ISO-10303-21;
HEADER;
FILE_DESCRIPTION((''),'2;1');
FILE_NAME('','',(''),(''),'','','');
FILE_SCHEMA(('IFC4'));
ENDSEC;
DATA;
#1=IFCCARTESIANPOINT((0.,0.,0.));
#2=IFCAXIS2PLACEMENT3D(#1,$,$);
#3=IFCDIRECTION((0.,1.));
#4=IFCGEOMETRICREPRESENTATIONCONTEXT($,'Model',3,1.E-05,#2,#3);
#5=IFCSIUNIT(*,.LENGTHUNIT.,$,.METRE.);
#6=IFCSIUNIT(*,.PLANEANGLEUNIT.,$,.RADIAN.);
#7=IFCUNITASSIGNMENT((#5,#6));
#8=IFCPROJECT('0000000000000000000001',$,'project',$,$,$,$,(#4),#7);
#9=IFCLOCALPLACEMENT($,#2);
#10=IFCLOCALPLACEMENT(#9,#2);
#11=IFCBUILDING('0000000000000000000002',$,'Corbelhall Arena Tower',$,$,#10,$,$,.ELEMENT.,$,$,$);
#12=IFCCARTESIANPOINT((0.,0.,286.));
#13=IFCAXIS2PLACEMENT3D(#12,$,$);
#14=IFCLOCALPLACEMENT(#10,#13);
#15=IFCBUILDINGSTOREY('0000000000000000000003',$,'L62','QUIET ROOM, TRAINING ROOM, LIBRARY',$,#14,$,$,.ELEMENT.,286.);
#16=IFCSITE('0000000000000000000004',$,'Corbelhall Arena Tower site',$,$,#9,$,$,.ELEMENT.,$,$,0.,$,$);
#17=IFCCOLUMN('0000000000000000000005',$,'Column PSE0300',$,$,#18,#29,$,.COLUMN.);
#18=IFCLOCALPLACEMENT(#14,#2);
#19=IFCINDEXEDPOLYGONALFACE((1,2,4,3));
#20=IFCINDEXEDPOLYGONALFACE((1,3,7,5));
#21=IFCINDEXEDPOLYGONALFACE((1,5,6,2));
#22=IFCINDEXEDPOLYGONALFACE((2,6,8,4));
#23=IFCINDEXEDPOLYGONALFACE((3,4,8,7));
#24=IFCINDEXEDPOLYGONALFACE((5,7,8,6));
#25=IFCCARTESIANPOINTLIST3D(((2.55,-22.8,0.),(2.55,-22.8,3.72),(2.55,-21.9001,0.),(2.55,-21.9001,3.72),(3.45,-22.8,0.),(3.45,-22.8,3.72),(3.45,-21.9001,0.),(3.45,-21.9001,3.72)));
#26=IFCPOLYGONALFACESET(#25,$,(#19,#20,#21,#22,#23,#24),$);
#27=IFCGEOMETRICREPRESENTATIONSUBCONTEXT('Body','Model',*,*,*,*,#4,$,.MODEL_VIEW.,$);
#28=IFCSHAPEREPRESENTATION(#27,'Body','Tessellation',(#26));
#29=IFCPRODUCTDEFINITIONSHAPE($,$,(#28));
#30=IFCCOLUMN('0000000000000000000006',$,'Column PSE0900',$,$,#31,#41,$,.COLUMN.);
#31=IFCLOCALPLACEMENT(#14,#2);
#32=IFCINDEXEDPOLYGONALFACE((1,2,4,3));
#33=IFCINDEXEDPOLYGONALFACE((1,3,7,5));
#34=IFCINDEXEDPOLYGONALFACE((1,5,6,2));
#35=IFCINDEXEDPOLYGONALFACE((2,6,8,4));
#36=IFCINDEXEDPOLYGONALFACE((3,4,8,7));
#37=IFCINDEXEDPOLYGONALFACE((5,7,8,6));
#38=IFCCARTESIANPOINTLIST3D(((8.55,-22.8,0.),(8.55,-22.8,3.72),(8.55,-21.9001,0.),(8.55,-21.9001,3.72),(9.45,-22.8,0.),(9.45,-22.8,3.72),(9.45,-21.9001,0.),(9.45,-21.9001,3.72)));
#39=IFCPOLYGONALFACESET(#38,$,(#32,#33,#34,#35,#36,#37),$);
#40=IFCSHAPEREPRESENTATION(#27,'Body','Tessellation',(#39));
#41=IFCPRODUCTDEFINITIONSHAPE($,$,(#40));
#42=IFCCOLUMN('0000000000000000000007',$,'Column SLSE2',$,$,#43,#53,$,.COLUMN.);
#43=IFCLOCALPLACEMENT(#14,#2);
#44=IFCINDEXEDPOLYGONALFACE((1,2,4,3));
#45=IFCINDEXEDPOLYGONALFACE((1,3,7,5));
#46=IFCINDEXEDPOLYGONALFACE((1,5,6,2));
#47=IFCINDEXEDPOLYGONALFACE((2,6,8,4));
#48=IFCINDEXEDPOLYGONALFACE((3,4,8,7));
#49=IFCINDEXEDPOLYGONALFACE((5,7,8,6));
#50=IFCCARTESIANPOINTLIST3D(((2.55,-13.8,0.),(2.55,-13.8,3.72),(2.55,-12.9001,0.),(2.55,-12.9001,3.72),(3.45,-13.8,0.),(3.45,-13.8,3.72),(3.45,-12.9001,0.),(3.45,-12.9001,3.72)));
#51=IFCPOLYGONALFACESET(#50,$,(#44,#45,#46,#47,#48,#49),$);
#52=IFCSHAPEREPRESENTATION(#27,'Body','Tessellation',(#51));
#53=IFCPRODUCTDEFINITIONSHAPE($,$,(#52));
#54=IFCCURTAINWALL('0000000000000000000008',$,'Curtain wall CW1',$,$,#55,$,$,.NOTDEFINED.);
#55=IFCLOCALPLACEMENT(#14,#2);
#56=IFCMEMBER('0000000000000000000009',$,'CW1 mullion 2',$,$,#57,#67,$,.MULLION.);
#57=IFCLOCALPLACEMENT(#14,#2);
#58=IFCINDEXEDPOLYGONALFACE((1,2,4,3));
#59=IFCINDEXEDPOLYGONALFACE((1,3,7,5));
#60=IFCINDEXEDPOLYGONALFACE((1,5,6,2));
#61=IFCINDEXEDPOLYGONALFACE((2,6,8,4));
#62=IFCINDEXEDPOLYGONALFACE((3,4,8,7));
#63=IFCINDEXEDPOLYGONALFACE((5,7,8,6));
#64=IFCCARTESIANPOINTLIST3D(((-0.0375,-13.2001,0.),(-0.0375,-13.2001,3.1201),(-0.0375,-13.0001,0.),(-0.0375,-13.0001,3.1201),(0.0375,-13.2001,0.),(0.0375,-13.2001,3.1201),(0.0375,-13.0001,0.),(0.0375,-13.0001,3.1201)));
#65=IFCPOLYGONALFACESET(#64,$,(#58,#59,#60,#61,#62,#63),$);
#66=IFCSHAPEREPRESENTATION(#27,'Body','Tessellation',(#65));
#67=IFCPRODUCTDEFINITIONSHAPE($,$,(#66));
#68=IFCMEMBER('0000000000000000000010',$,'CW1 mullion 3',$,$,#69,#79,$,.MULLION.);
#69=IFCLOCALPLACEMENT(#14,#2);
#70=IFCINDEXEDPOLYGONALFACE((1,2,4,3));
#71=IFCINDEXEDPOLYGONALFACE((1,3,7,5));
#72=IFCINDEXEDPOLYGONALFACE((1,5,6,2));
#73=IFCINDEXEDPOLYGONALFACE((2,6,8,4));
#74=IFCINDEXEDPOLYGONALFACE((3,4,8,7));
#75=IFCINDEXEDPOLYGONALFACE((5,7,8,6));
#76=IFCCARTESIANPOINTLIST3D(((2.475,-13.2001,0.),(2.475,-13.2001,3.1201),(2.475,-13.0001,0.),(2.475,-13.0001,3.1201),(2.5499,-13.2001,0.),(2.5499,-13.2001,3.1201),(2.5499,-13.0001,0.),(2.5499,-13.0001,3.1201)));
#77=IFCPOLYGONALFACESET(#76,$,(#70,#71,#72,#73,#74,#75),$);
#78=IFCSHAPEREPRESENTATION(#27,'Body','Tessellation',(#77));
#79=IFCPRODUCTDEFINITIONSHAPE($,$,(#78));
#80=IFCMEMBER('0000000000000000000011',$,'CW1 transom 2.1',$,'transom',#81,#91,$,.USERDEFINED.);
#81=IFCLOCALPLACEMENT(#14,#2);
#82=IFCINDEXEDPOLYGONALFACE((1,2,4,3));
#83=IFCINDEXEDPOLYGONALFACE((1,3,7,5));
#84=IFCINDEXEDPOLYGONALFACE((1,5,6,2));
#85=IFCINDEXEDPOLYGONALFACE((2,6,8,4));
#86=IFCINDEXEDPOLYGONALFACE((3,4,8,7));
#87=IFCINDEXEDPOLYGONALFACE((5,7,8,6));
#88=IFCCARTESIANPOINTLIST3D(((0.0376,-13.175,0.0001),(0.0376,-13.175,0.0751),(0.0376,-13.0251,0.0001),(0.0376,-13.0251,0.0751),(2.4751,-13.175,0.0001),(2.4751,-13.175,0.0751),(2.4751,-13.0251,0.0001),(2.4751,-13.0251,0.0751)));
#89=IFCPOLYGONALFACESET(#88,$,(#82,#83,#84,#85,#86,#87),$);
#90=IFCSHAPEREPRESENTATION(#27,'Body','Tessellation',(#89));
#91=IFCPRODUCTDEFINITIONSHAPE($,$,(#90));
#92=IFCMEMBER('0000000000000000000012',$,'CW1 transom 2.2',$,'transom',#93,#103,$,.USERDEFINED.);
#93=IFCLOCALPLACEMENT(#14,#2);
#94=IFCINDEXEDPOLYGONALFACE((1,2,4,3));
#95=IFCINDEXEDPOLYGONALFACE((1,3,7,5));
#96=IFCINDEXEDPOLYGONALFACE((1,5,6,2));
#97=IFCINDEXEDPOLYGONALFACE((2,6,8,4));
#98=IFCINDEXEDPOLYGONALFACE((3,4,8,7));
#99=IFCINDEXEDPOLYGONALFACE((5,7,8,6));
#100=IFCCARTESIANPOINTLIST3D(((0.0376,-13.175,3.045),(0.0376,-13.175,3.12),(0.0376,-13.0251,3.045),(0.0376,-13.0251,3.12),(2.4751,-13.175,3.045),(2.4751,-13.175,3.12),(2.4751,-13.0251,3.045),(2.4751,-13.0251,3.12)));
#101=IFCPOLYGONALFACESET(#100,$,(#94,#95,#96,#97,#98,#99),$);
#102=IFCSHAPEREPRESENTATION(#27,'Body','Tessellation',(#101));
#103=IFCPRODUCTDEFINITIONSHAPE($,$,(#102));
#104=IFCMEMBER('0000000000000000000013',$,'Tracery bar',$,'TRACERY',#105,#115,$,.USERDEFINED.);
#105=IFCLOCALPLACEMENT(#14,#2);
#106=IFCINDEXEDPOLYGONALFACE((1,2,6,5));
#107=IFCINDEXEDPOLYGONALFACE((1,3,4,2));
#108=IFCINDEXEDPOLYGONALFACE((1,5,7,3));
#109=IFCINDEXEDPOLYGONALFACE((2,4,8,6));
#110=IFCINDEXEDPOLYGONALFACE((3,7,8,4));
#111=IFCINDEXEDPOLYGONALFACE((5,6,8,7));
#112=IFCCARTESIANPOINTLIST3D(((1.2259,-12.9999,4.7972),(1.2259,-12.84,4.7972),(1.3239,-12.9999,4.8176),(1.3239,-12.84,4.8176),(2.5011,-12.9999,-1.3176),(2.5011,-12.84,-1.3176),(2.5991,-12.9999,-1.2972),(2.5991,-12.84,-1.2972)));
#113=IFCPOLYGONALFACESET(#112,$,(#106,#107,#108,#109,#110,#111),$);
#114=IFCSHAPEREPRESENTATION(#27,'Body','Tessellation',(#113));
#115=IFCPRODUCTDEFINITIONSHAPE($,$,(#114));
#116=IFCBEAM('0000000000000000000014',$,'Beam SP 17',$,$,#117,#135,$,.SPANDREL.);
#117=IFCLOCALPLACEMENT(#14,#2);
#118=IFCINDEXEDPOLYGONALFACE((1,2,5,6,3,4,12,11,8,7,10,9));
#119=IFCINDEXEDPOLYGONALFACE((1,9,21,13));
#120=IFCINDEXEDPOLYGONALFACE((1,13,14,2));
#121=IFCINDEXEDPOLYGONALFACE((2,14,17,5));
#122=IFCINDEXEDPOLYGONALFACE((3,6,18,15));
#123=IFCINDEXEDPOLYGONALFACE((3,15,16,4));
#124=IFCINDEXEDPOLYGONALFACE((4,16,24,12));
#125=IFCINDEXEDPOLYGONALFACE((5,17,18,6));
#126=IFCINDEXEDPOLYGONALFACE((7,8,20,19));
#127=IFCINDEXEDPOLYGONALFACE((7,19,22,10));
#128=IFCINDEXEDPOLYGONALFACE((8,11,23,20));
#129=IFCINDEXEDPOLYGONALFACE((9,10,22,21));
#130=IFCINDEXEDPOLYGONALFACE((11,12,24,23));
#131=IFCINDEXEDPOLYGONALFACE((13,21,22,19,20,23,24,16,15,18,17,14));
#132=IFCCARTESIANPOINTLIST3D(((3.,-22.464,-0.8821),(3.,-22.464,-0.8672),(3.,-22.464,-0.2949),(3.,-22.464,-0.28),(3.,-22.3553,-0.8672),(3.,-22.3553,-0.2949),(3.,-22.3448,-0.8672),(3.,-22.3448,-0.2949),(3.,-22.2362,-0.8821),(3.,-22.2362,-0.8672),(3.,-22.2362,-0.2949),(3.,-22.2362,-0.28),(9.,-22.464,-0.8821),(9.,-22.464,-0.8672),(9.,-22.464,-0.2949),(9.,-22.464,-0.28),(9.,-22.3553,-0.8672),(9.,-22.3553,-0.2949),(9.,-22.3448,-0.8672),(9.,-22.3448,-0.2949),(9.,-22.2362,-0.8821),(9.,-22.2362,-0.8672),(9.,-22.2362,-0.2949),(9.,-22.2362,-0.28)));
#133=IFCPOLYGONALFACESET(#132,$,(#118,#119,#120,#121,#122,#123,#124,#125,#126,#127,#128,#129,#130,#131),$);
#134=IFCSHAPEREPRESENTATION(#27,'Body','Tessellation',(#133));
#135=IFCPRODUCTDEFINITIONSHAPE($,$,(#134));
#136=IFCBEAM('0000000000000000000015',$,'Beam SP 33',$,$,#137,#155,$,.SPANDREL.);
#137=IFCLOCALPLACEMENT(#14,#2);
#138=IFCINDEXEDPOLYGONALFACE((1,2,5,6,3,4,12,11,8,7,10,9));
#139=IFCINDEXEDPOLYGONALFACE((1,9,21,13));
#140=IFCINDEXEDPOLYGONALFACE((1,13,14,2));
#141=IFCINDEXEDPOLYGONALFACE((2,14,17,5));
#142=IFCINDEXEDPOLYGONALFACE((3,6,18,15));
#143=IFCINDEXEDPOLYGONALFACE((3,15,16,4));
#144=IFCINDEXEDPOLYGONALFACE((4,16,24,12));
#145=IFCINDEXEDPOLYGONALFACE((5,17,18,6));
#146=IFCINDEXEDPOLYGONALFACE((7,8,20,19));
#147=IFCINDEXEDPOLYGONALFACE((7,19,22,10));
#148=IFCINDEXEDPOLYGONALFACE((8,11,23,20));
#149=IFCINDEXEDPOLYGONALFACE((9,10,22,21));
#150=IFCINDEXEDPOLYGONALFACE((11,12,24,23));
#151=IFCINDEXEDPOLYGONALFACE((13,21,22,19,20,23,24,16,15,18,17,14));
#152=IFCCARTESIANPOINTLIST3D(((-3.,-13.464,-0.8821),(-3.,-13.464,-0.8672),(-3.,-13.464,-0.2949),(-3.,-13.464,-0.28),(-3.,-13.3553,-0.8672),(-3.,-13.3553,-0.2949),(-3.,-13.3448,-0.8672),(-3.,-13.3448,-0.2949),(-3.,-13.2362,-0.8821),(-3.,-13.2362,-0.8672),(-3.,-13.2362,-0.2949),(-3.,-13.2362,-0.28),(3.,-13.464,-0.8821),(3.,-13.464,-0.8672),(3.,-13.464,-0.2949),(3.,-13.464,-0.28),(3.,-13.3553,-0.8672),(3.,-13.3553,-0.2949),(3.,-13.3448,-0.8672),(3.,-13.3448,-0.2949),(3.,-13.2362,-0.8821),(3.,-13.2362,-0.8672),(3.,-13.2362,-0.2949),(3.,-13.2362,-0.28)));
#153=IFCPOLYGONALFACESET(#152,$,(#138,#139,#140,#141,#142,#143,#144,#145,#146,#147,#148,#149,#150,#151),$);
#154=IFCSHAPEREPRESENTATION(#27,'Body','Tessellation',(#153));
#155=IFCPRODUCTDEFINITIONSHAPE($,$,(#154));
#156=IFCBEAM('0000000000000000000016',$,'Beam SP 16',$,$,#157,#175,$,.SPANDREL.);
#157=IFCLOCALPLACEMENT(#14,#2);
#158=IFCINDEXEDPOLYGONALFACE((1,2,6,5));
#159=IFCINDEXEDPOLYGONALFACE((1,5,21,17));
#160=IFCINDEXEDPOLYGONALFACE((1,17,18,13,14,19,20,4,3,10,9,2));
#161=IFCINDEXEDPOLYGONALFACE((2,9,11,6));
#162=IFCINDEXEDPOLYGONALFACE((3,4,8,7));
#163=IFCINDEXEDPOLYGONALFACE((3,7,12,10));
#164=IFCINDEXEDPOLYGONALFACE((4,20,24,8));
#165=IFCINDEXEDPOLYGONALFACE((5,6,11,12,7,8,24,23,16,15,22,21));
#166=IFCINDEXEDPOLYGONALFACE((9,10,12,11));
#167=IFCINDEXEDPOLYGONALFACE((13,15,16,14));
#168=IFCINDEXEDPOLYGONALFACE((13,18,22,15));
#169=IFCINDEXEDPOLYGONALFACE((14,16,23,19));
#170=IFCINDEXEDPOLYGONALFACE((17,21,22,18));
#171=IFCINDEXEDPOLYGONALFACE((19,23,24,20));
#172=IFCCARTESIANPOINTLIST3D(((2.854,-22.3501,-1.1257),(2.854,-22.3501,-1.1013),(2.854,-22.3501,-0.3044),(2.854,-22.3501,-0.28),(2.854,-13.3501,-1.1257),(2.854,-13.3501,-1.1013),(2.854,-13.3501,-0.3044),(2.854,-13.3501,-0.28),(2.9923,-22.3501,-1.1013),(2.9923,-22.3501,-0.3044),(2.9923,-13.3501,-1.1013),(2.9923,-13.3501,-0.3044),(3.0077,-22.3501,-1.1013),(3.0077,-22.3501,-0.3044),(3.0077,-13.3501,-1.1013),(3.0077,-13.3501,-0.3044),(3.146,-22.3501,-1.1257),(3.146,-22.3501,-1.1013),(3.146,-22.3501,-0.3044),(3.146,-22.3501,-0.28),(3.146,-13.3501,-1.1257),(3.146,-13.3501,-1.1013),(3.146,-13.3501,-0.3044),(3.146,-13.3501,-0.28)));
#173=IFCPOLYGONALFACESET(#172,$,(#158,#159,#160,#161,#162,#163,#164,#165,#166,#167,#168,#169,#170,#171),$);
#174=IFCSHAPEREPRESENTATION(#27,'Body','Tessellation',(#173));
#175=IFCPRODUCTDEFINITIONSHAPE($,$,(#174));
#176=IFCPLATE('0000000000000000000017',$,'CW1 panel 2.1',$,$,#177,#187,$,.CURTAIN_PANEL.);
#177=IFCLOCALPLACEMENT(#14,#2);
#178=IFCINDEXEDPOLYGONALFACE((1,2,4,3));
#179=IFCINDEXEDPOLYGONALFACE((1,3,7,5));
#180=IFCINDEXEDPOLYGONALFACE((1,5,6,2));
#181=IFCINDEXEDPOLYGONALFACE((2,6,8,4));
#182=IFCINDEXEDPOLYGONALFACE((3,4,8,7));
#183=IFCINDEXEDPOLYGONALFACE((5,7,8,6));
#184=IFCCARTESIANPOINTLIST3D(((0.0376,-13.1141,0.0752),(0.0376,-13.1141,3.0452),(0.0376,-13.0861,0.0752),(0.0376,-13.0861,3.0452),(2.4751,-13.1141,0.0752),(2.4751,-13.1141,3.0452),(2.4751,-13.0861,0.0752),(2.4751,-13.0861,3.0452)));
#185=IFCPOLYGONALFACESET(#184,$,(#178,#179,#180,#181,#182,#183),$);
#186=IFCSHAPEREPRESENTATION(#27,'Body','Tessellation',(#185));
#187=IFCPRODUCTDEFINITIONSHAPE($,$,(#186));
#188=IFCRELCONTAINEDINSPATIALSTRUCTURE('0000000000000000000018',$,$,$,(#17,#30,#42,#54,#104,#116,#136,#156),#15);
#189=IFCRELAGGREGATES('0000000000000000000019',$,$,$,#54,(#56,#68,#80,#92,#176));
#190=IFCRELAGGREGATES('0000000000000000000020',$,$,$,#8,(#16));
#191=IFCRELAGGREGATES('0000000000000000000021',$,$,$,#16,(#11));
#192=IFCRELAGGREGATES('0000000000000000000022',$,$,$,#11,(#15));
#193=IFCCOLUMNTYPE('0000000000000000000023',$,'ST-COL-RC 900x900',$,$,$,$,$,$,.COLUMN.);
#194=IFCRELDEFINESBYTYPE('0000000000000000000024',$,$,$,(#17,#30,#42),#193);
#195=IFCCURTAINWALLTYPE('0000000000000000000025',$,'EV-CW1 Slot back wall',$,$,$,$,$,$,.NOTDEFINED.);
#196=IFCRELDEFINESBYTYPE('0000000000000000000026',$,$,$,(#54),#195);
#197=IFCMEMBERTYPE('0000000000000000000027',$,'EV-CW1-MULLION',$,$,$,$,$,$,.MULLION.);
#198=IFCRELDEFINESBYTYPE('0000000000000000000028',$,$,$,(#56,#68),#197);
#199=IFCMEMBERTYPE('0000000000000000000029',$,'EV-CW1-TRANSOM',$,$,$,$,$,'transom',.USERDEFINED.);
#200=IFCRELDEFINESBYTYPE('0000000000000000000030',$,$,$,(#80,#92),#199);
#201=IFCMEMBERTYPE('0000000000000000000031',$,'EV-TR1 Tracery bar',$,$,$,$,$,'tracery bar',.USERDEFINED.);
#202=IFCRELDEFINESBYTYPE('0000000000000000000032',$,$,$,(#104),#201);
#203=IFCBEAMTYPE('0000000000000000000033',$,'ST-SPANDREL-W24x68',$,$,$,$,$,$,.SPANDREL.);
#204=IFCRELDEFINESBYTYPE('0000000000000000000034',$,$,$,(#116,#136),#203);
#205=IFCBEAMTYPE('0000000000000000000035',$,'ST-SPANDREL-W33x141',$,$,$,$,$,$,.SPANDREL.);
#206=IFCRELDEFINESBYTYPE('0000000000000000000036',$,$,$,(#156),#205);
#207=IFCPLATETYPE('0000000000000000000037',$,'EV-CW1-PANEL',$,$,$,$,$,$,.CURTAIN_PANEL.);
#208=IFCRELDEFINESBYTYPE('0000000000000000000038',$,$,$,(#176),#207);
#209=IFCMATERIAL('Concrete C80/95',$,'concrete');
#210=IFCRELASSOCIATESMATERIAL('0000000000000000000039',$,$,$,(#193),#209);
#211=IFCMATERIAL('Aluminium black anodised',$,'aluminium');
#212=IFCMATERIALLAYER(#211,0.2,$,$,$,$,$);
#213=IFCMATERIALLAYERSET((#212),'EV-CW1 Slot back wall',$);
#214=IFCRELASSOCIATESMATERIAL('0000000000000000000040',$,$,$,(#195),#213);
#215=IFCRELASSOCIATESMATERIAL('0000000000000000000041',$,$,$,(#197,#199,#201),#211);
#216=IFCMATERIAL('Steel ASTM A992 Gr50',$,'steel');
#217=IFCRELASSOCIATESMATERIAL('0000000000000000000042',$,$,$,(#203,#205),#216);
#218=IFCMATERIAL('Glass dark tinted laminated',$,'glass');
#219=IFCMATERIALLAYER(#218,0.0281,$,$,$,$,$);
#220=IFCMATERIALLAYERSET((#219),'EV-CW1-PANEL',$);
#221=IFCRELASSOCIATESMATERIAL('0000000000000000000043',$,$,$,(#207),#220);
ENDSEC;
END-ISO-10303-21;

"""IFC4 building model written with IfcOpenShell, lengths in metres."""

from ifc_helpers import new_model, si_unit, direction, frame, origin, origin_2d, place, context, subcontext, project, spatial, rectangle, i_section, extrude, material, layer, layer_set, material_profile, profile_set, type_object, element, aggregate, save


model = new_model("IFC4")

# Units and contexts
model_context = context("Model", 3, precision=1e-05, world=origin(), true_north=direction((0.0, 1.0)))
body_context = subcontext(model_context, "Body", "Model", "MODEL_VIEW")
ifc_project = project(units=[si_unit("LENGTHUNIT", "METRE"), si_unit("PLANEANGLEUNIT", "RADIAN")], contexts=[model_context])

# Site, building, storey
site_placement = place(None, origin())
site = spatial("IfcSite", under=ifc_project, at=site_placement, Name="Corbelhall Arena Tower site", CompositionType="ELEMENT", RefElevation=0.0)
building_placement = place(site_placement, origin())
building = spatial("IfcBuilding", under=site, at=building_placement, Name="Corbelhall Arena Tower", CompositionType="ELEMENT")
storey_placement = place(building_placement, frame((0.0, 0.0, 286.0)))
storey = spatial("IfcBuildingStorey", under=building, at=storey_placement, Name="L62", Description="QUIET ROOM, TRAINING ROOM, LIBRARY", CompositionType="ELEMENT", Elevation=286.0)

# Columns
ifc_material_1 = material(Name="Concrete C80/95", Category="concrete")
ifc_material_profile_1 = material_profile(ifc_material_1, rectangle(XDim=0.8999, YDim=0.8999, at=origin_2d()))
ifc_profile_set_1 = profile_set([ifc_material_profile_1], Name="Concrete C80/95")
column_type = type_object("IfcColumnType", Name="ST-COL-RC 900x900", PredefinedType="COLUMN", material=ifc_profile_set_1)
for number, where, z_axis, x_axis, name in (
    (1, (3.0, -22.3501, 0.0), (0.0, 0.0, 1.0), (1.0, 0.0, 0.0), "Column PSE0300"),
    (2, (9.0, -22.3501, 0.0), (0.0, 0.0, 1.0), (1.0, 0.0, 0.0), "Column PSE0900"),
    (3, (3.0, -13.3501, 0.0), (0.0, 0.0, 1.0), (1.0, 0.0, 0.0), "Column SLSE2"),
):
    element("IfcColumn", number, at=place(storey_placement, frame(where, z_axis=z_axis, x_axis=x_axis)), inside=storey, type_object=column_type, Name=name, PredefinedType="COLUMN", context=body_context, shape_type="SweptSolid", body=[
        extrude(rectangle(XDim=0.8999, YDim=0.8999, at=origin_2d()), origin(), (0.0, 0.0, 1.0), 3.72),
    ])

# Curtain wall, members
ifc_material_2 = material(Name="Aluminium black anodised", Category="aluminium")
ifc_layer_1 = layer(ifc_material_2, 0.2)
ifc_layer_set_1 = layer_set([ifc_layer_1], Name="EV-CW1 Slot back wall")
curtain_wall_type = type_object("IfcCurtainWallType", Name="EV-CW1 Slot back wall", PredefinedType="NOTDEFINED", material=ifc_layer_set_1)
curtain_wall_placement = place(storey_placement, origin())
curtain_wall = element("IfcCurtainWall", 4, at=curtain_wall_placement, inside=storey, type_object=curtain_wall_type, Name="Curtain wall CW1", PredefinedType="NOTDEFINED")
ifc_material_profile_2 = material_profile(ifc_material_2, rectangle(XDim=0.2, YDim=0.075, at=origin_2d()))
ifc_profile_set_2 = profile_set([ifc_material_profile_2], Name="Aluminium black anodised")
member_type_1 = type_object("IfcMemberType", Name="EV-CW1-MULLION", PredefinedType="MULLION", material=ifc_profile_set_2)
member_1_placement = place(storey_placement, frame((0.0, -13.1001, 0.0), z_axis=(0.0, 0.0, 1.0), x_axis=(0.0, 1.0, 0.0)))
member_1 = element("IfcMember", 5, at=member_1_placement, type_object=member_type_1, Name="CW1 mullion 2", PredefinedType="MULLION", context=body_context, shape_type="SweptSolid", body=[
    extrude(rectangle(XDim=0.2, YDim=0.075, at=origin_2d()), origin(), (0.0, 0.0, 1.0), 3.1201),
])
member_2_placement = place(storey_placement, frame((2.5125, -13.1001, 0.0), z_axis=(0.0, 0.0, 1.0), x_axis=(0.0, 1.0, 0.0)))
member_2 = element("IfcMember", 6, at=member_2_placement, type_object=member_type_1, Name="CW1 mullion 3", PredefinedType="MULLION", context=body_context, shape_type="SweptSolid", body=[
    extrude(rectangle(XDim=0.2, YDim=0.075, at=origin_2d()), origin(), (0.0, 0.0, 1.0), 3.1201),
])
ifc_material_profile_3 = material_profile(ifc_material_2, rectangle(XDim=0.1499, YDim=0.075, at=origin_2d()))
ifc_profile_set_3 = profile_set([ifc_material_profile_3], Name="Aluminium black anodised")
member_type_2 = type_object("IfcMemberType", Name="EV-CW1-TRANSOM", ElementType="transom", PredefinedType="USERDEFINED", material=ifc_profile_set_3)
member_3_placement = place(storey_placement, frame((0.0376, -13.1001, 0.0376), z_axis=(1.0, 0.0, 0.0), x_axis=(0.0, 1.0, 0.0)))
member_3 = element("IfcMember", 7, at=member_3_placement, type_object=member_type_2, Name="CW1 transom 2.1", ObjectType="transom", PredefinedType="USERDEFINED", context=body_context, shape_type="SweptSolid", body=[
    extrude(rectangle(XDim=0.1499, YDim=0.075, at=origin_2d()), origin(), (0.0, 0.0, 1.0), 2.4375),
])
member_4_placement = place(storey_placement, frame((0.0376, -13.1001, 3.0825), z_axis=(1.0, 0.0, 0.0), x_axis=(0.0, 1.0, 0.0)))
member_4 = element("IfcMember", 8, at=member_4_placement, type_object=member_type_2, Name="CW1 transom 2.2", ObjectType="transom", PredefinedType="USERDEFINED", context=body_context, shape_type="SweptSolid", body=[
    extrude(rectangle(XDim=0.1499, YDim=0.075, at=origin_2d()), origin(), (0.0, 0.0, 1.0), 2.4375),
])

# Member
ifc_material_profile_4 = material_profile(ifc_material_2, rectangle(XDim=0.1599, YDim=0.1001, at=origin_2d()))
ifc_profile_set_4 = profile_set([ifc_material_profile_4], Name="Aluminium black anodised")
member_type_3 = type_object("IfcMemberType", Name="EV-TR1 Tracery bar", ElementType="tracery bar", PredefinedType="USERDEFINED", material=ifc_profile_set_4)
member_5_placement = place(storey_placement, frame((1.2749, -12.9199, 4.8074), z_axis=(0.204145, 0.0, -0.978941), x_axis=(0.0, 1.0, 0.0)))
element("IfcMember", 9, at=member_5_placement, inside=storey, type_object=member_type_3, Name="Tracery bar", ObjectType="TRACERY", PredefinedType="USERDEFINED", context=body_context, shape_type="SweptSolid", body=[
    extrude(rectangle(XDim=0.1599, YDim=0.1001, at=origin_2d()), origin(), (0.0, 0.0, 1.0), 6.2463),
])

# Beams
ifc_material_3 = material(Name="Steel ASTM A992 Gr50", Category="steel")
ifc_material_profile_5 = material_profile(ifc_material_3, i_section(OverallWidth=0.2278, OverallDepth=0.6021, WebThickness=0.0105, FlangeThickness=0.0149, at=origin_2d()))
ifc_profile_set_5 = profile_set([ifc_material_profile_5], Name="Steel ASTM A992 Gr50")
beam_type_1 = type_object("IfcBeamType", Name="ST-SPANDREL-W24x68", PredefinedType="SPANDREL", material=ifc_profile_set_5)
for number, where, z_axis, x_axis, name in (
    (10, (9.0, -22.3501, -0.5811), (-1.0, 0.0, 0.0), (0.0, -1.0, 0.0), "Beam SP 17"),
    (11, (3.0, -13.3501, -0.5811), (-1.0, 0.0, 0.0), (0.0, -1.0, 0.0), "Beam SP 33"),
):
    element("IfcBeam", number, at=place(storey_placement, frame(where, z_axis=z_axis, x_axis=x_axis)), inside=storey, type_object=beam_type_1, Name=name, PredefinedType="SPANDREL", context=body_context, shape_type="SweptSolid", body=[
        extrude(i_section(OverallWidth=0.2278, OverallDepth=0.6021, WebThickness=0.0105, FlangeThickness=0.0149, at=origin_2d()), origin(), (0.0, 0.0, 1.0), 6.0),
    ])
ifc_material_profile_6 = material_profile(ifc_material_3, i_section(OverallWidth=0.292, OverallDepth=0.8457, WebThickness=0.0154, FlangeThickness=0.0244, at=origin_2d()))
ifc_profile_set_6 = profile_set([ifc_material_profile_6], Name="Steel ASTM A992 Gr50")
beam_type_2 = type_object("IfcBeamType", Name="ST-SPANDREL-W33x141", PredefinedType="SPANDREL", material=ifc_profile_set_6)
beam_placement = place(storey_placement, frame((3.0, -22.3501, -0.7029), z_axis=(0.0, 1.0, 0.0), x_axis=(-1.0, 0.0, 0.0)))
element("IfcBeam", 12, at=beam_placement, inside=storey, type_object=beam_type_2, Name="Beam SP 16", PredefinedType="SPANDREL", context=body_context, shape_type="SweptSolid", body=[
    extrude(i_section(OverallWidth=0.292, OverallDepth=0.8457, WebThickness=0.0154, FlangeThickness=0.0244, at=origin_2d()), origin(), (0.0, 0.0, 1.0), 9.0),
])

# Plate
ifc_material_4 = material(Name="Glass dark tinted laminated", Category="glass")
ifc_layer_2 = layer(ifc_material_4, 0.0281)
ifc_layer_set_2 = layer_set([ifc_layer_2], Name="EV-CW1-PANEL")
plate_type = type_object("IfcPlateType", Name="EV-CW1-PANEL", PredefinedType="CURTAIN_PANEL", material=ifc_layer_set_2)
plate_placement = place(storey_placement, frame((1.2563, -13.1001, 0.0752), z_axis=(0.0, 0.0, 1.0), x_axis=(1.0, 0.0, 0.0)))
plate = element("IfcPlate", 13, at=plate_placement, type_object=plate_type, Name="CW1 panel 2.1", PredefinedType="CURTAIN_PANEL", context=body_context, shape_type="SweptSolid", body=[
    extrude(rectangle(XDim=2.4375, YDim=0.0281, at=origin_2d()), origin(), (0.0, 0.0, 1.0), 2.97),
])
aggregate(curtain_wall, [member_1, member_2, member_3, member_4, plate])

save(model, "model.ifc")
